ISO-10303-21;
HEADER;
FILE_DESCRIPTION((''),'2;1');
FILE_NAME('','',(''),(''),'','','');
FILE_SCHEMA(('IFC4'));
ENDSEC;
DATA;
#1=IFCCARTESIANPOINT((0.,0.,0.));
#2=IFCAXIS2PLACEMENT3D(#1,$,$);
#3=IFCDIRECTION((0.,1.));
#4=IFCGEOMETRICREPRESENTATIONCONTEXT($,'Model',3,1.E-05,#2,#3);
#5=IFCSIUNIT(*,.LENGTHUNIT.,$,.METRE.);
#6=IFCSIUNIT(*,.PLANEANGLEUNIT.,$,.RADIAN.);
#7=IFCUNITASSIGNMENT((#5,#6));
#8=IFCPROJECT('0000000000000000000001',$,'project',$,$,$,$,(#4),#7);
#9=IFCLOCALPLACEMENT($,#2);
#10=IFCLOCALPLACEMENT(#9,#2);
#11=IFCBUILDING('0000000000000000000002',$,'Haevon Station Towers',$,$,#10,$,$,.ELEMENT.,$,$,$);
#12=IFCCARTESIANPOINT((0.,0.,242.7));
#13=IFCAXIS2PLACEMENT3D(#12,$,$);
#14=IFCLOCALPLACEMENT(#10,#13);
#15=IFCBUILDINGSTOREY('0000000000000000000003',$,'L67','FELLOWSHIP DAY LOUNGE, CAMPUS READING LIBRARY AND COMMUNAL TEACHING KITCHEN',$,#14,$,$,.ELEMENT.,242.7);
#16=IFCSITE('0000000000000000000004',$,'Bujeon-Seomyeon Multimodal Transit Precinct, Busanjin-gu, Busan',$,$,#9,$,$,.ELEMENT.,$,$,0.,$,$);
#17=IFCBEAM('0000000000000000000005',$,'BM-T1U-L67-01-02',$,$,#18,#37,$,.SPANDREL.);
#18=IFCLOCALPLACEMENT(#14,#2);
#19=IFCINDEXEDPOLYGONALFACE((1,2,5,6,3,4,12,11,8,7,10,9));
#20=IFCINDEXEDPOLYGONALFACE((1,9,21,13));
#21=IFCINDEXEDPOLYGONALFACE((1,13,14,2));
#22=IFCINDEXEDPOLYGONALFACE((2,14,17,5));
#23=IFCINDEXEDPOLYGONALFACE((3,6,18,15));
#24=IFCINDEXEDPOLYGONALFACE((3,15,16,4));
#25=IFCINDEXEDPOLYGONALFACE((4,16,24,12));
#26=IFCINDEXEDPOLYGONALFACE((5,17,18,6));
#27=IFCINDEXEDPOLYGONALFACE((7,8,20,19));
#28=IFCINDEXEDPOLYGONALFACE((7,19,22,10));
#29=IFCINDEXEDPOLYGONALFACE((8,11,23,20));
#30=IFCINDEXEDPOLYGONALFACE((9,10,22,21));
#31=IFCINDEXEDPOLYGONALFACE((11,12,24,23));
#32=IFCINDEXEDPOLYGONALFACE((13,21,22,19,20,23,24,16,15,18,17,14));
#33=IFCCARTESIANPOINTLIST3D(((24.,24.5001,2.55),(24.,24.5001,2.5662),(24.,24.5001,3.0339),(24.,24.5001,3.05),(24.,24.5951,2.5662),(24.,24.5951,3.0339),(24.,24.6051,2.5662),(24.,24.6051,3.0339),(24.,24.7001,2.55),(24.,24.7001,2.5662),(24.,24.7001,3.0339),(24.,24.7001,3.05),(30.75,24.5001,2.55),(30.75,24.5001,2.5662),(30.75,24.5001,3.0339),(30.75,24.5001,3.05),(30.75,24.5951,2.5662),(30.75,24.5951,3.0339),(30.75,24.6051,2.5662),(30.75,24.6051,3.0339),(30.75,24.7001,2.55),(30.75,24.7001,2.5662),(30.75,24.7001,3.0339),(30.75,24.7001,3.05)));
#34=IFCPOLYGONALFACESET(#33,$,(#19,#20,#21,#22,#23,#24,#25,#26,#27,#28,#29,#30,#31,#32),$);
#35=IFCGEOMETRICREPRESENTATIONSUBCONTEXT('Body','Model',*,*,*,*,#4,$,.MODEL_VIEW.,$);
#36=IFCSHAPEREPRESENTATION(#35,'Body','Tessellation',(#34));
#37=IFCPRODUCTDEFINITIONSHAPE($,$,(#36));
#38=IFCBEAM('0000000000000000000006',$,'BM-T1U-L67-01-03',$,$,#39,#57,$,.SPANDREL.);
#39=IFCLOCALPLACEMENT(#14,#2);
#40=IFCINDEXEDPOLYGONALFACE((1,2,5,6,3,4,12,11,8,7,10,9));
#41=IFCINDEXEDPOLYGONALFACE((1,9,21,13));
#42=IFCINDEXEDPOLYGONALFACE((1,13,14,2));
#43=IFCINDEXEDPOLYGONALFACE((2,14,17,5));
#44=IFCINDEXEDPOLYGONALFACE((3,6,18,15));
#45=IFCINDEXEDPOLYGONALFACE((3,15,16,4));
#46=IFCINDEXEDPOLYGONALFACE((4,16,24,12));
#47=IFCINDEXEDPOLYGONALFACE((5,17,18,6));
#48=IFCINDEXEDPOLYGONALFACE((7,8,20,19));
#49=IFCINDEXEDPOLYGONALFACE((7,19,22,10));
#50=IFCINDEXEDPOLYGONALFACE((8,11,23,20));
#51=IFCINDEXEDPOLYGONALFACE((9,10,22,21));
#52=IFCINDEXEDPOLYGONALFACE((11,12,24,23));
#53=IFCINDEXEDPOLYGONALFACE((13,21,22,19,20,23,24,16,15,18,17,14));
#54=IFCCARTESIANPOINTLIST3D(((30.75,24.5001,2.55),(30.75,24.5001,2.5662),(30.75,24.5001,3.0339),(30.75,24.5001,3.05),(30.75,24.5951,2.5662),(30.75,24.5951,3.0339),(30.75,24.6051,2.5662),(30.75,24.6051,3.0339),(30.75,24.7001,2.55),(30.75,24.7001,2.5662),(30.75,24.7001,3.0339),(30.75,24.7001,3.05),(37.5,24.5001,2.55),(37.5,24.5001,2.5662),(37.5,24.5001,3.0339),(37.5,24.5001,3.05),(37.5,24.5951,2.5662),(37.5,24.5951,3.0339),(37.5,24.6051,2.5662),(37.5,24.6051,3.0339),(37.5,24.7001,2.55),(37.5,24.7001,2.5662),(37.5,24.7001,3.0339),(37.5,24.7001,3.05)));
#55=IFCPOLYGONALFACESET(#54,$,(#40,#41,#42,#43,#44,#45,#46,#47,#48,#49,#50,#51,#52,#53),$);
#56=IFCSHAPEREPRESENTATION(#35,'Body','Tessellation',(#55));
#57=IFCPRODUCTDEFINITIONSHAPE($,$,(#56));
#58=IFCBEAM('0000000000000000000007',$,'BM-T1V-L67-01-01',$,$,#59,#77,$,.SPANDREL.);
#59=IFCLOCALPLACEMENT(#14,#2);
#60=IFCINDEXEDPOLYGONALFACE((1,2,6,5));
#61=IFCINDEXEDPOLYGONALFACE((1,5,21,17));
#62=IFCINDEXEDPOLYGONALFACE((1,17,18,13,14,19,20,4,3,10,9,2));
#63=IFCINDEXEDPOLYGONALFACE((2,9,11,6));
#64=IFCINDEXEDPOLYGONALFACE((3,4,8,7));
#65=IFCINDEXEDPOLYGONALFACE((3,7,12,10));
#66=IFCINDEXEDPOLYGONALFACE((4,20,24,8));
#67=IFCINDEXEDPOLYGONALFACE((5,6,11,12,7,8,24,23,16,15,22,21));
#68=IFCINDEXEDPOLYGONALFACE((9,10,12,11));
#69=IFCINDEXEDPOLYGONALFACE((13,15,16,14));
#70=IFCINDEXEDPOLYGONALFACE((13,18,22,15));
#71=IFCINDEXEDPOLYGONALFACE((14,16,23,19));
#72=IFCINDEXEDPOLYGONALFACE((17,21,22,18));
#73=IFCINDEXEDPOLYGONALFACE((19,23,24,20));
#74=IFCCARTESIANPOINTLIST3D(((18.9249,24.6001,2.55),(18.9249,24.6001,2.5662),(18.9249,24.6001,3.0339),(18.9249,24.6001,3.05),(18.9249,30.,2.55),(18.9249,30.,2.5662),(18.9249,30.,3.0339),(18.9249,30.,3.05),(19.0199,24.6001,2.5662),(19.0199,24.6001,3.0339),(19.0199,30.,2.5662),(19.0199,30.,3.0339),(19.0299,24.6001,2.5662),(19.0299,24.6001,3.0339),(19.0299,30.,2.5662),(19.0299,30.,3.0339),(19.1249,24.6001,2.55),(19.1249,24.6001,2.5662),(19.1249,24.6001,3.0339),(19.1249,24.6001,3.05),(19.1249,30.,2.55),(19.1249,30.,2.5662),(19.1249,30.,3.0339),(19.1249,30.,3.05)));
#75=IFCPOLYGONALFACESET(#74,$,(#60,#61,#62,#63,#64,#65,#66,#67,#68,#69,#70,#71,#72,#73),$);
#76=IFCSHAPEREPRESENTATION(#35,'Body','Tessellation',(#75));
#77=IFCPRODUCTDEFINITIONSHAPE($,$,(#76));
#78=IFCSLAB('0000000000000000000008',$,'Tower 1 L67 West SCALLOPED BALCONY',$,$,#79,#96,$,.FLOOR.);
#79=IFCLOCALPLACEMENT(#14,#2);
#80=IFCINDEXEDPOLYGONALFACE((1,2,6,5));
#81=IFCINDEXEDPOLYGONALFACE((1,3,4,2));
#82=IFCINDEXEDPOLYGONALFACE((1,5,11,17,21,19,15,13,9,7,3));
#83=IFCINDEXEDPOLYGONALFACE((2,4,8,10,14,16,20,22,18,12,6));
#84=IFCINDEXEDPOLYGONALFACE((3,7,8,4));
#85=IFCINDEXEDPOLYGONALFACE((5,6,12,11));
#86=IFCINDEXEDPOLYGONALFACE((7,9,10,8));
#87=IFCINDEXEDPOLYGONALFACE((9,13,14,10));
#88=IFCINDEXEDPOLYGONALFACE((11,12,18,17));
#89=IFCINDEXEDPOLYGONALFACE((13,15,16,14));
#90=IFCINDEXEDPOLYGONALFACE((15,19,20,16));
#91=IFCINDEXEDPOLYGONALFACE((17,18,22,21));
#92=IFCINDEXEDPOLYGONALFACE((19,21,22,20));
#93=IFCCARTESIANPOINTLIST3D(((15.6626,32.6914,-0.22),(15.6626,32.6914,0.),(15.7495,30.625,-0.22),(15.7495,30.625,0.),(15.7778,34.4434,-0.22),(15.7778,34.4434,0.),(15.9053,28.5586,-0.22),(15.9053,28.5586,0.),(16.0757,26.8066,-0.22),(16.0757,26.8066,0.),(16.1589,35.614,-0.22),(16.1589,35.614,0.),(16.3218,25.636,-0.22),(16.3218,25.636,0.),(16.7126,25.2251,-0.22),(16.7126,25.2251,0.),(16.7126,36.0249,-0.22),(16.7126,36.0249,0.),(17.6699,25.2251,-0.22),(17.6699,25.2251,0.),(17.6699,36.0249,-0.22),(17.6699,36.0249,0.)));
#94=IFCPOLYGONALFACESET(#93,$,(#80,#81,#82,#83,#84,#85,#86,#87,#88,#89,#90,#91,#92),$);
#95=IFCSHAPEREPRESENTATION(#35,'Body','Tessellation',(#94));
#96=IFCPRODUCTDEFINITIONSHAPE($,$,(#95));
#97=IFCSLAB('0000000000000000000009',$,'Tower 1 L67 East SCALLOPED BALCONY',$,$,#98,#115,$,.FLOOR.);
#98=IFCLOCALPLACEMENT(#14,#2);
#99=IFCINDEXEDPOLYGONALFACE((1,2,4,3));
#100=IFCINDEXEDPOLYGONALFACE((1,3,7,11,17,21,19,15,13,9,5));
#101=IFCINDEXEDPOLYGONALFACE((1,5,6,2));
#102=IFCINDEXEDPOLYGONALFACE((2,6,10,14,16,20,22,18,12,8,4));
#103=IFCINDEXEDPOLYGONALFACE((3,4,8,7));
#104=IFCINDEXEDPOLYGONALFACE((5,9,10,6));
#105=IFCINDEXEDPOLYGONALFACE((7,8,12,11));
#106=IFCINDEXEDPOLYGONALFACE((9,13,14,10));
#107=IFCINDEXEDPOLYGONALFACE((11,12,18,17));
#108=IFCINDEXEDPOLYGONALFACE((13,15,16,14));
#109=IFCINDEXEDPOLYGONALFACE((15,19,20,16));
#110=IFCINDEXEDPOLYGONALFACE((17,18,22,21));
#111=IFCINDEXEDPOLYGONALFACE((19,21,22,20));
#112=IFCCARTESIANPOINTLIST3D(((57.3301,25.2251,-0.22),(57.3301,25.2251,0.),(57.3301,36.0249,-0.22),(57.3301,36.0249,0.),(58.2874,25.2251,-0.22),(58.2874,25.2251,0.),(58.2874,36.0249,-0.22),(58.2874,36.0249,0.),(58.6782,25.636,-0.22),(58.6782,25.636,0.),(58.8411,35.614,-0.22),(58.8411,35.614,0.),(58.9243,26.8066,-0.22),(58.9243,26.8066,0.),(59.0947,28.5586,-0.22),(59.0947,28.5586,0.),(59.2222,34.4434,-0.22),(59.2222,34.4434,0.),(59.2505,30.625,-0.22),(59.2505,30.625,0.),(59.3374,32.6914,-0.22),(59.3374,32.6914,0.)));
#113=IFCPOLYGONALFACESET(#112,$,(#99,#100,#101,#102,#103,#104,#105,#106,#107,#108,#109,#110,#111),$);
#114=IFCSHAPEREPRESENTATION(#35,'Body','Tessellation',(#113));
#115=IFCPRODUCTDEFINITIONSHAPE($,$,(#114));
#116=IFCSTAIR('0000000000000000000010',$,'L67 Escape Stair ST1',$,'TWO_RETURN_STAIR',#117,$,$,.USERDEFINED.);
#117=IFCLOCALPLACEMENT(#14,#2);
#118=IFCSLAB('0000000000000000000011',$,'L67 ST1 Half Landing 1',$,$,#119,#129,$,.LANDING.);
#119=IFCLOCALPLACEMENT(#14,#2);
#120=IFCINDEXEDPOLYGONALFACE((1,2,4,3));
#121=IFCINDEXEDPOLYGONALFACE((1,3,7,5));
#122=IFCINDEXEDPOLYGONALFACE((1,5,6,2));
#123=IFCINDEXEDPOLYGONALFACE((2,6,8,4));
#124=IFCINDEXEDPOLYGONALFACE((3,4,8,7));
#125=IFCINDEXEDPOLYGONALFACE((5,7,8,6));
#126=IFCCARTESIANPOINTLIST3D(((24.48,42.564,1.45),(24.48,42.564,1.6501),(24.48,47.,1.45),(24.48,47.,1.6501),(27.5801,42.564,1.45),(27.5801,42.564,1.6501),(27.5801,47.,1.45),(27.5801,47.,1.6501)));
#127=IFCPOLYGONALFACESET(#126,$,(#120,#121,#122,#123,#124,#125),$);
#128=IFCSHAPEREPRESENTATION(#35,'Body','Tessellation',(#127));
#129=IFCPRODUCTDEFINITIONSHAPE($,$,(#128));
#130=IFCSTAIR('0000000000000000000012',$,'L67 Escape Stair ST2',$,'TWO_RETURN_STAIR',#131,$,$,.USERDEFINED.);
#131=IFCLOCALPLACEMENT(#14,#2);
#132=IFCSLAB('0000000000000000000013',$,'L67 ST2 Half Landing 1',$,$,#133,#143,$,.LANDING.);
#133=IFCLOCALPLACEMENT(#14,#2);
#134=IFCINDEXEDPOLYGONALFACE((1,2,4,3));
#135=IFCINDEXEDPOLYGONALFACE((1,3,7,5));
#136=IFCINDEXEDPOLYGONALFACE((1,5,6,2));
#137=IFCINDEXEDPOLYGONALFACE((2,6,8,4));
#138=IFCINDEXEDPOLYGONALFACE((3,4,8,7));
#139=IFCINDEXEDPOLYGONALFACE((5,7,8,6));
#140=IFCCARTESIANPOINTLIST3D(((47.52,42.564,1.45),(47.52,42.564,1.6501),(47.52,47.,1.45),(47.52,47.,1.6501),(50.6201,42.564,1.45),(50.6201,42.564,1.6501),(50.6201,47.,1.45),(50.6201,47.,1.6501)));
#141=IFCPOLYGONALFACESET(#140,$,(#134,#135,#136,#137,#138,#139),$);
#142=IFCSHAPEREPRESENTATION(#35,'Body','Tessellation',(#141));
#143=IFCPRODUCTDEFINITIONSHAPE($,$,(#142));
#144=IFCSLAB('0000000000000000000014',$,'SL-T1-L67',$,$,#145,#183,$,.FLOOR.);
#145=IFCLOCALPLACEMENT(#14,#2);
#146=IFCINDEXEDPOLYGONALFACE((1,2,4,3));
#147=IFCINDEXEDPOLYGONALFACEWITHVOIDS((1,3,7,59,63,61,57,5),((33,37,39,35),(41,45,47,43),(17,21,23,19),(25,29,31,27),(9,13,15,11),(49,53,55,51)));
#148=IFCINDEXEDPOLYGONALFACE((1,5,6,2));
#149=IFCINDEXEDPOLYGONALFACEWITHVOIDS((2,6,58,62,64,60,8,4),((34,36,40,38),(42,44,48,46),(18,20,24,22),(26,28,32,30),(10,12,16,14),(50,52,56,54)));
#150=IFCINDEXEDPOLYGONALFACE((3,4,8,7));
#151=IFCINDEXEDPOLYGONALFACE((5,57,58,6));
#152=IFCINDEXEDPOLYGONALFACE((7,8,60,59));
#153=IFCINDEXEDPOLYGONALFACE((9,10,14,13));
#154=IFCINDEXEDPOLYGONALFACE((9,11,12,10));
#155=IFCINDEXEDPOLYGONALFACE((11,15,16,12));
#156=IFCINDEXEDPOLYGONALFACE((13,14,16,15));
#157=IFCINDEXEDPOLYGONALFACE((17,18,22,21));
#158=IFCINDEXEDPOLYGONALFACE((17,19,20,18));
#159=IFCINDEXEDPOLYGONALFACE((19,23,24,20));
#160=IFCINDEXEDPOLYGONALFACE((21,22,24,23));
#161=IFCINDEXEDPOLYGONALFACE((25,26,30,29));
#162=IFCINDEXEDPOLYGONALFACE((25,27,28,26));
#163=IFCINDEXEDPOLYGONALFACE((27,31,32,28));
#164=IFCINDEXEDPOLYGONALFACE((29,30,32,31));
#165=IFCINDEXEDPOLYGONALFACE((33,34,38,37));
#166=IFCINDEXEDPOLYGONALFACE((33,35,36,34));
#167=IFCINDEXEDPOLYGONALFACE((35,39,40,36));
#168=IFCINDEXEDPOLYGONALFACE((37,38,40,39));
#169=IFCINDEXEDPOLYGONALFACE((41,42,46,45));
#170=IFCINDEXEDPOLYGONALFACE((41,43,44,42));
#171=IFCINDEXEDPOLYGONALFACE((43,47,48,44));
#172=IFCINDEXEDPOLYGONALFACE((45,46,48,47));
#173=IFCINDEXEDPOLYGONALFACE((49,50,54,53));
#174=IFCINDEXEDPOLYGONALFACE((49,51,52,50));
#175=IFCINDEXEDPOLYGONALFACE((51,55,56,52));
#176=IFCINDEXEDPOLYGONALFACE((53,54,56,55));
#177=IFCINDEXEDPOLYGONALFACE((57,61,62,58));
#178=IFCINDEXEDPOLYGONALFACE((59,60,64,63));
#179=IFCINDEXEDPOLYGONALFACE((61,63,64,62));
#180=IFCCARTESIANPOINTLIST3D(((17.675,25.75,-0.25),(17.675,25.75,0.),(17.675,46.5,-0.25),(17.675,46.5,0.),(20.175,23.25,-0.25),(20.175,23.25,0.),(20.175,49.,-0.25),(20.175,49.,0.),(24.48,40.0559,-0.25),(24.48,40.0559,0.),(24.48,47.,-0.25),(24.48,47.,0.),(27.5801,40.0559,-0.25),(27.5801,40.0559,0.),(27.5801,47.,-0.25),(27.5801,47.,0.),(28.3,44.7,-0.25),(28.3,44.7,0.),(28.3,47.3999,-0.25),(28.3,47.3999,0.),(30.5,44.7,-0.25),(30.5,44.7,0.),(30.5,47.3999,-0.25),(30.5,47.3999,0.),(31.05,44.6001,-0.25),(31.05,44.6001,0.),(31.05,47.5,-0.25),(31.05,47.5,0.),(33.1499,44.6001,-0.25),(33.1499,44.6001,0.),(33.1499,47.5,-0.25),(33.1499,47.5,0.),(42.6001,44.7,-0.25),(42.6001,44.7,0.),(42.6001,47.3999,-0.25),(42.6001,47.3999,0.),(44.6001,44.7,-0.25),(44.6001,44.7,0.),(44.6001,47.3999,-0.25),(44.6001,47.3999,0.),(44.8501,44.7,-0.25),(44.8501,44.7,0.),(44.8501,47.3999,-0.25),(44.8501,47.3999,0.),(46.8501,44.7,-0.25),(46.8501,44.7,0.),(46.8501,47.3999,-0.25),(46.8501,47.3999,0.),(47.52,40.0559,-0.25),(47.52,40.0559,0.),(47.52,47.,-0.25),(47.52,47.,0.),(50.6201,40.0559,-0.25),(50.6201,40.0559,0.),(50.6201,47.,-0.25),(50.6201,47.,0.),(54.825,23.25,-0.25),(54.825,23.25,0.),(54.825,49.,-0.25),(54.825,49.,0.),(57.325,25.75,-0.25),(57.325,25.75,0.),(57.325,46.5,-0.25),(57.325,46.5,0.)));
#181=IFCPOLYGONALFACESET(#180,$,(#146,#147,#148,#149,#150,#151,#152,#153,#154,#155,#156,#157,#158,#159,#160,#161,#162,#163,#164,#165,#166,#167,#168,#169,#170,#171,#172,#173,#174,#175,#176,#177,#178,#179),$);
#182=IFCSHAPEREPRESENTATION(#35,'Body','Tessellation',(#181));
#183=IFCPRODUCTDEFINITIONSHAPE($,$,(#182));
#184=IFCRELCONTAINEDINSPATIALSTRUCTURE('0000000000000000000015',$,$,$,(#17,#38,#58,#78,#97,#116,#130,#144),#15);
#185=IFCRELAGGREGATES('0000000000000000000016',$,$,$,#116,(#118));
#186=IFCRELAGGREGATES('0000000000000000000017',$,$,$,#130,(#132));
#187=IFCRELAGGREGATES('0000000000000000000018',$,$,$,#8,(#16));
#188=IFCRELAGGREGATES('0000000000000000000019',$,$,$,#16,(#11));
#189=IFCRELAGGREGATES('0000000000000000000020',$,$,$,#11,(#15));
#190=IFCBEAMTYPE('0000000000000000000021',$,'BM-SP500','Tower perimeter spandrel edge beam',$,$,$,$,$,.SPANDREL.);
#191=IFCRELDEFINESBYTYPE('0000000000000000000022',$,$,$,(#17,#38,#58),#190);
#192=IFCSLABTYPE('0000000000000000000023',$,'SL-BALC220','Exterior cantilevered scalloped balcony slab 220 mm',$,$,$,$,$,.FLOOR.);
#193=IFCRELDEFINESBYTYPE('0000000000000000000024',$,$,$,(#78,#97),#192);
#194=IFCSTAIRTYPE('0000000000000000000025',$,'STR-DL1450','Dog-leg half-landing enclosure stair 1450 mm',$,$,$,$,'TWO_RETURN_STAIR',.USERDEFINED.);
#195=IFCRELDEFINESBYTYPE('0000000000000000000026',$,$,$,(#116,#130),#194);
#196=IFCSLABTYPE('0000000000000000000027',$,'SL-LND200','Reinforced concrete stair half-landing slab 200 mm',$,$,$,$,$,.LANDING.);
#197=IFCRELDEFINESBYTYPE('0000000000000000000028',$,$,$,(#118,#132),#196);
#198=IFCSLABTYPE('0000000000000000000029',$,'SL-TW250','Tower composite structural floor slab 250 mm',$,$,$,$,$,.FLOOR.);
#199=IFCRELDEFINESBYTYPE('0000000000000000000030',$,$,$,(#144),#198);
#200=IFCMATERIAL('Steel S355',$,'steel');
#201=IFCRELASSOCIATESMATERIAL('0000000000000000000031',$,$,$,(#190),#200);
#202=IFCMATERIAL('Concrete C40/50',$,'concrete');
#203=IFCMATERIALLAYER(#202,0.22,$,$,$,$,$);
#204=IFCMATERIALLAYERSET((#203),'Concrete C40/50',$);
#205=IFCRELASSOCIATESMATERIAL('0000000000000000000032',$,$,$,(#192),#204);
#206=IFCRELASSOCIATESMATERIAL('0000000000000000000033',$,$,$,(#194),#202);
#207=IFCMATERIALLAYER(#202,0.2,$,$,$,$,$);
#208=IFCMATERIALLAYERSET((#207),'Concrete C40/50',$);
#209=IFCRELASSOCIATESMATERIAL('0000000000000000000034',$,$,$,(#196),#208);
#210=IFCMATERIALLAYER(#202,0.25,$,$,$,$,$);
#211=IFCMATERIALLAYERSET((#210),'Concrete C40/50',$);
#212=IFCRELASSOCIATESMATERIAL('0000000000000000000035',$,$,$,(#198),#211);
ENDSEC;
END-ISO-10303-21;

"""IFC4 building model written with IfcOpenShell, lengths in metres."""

from ifc_helpers import new_model, si_unit, direction, frame, origin, origin_2d, place, context, subcontext, project, spatial, polyline, i_section, outline, extrude, material, layer, layer_set, material_profile, profile_set, type_object, element, aggregate, save


model = new_model("IFC4")

# Units and contexts
model_context = context("Model", 3, precision=1e-05, world=origin(), true_north=direction((0.0, 1.0)))
body_context = subcontext(model_context, "Body", "Model", "MODEL_VIEW")
ifc_project = project(units=[si_unit("LENGTHUNIT", "METRE"), si_unit("PLANEANGLEUNIT", "RADIAN")], contexts=[model_context])

# Site, building, storey
site_placement = place(None, origin())
site = spatial("IfcSite", under=ifc_project, at=site_placement, Name="Bujeon-Seomyeon Multimodal Transit Precinct, Busanjin-gu, Busan", CompositionType="ELEMENT", RefElevation=0.0)
building_placement = place(site_placement, origin())
building = spatial("IfcBuilding", under=site, at=building_placement, Name="Haevon Station Towers", CompositionType="ELEMENT")
storey_placement = place(building_placement, frame((0.0, 0.0, 242.7)))
storey = spatial("IfcBuildingStorey", under=building, at=storey_placement, Name="L67", Description="FELLOWSHIP DAY LOUNGE, CAMPUS READING LIBRARY AND COMMUNAL TEACHING KITCHEN", CompositionType="ELEMENT", Elevation=242.7)

# Shared definitions
ifc_material_1 = material(Name="Steel S355", Category="steel")

# Beams
ifc_material_profile_1 = material_profile(ifc_material_1, i_section(OverallWidth=0.2, OverallDepth=0.5, WebThickness=0.01, FlangeThickness=0.0161, at=origin_2d()), Name="H-500x200x10x16")
ifc_profile_set_1 = profile_set([ifc_material_profile_1], Name="Steel S355")
beam_type_1 = type_object("IfcBeamType", Name="BM-SP500", Description="Tower perimeter spandrel edge beam", PredefinedType="SPANDREL", material=ifc_profile_set_1)
for number, where, z_axis, x_axis, name in (
    (1, (24.0, 24.6001, 2.8), (1.0, 0.0, 0.0), (0.0, 1.0, 0.0), "BM-T1U-L67-01-02"),
    (2, (30.75, 24.6001, 2.8), (1.0, 0.0, 0.0), (0.0, 1.0, 0.0), "BM-T1U-L67-01-03"),
):
    element("IfcBeam", number, at=place(storey_placement, frame(where, z_axis=z_axis, x_axis=x_axis)), inside=storey, type_object=beam_type_1, Name=name, PredefinedType="SPANDREL", context=body_context, shape_type="SweptSolid", body=[
        extrude(i_section(OverallWidth=0.2, OverallDepth=0.5, WebThickness=0.01, FlangeThickness=0.0161, at=origin_2d()), origin(), (0.0, 0.0, 1.0), 6.75),
    ])
beam_1_placement = place(storey_placement, frame((19.0249, 24.6001, 2.8), z_axis=(0.0, 1.0, 0.0), x_axis=(-1.0, 0.0, 0.0)))
element("IfcBeam", 3, at=beam_1_placement, inside=storey, type_object=beam_type_1, Name="BM-T1V-L67-01-01", PredefinedType="SPANDREL", context=body_context, shape_type="SweptSolid", body=[
    extrude(i_section(OverallWidth=0.2, OverallDepth=0.5, WebThickness=0.01, FlangeThickness=0.0161, at=origin_2d()), origin(), (0.0, 0.0, 1.0), 5.3999),
])

# Slabs
ifc_material_2 = material(Name="Concrete C40/50", Category="concrete")
ifc_layer_1 = layer(ifc_material_2, 0.22)
ifc_layer_set_1 = layer_set([ifc_layer_1], Name="Concrete C40/50")
slab_type_1 = type_object("IfcSlabType", Name="SL-BALC220", Description="Exterior cantilevered scalloped balcony slab 220 mm", PredefinedType="FLOOR", material=ifc_layer_set_1)
slab_1_placement = place(storey_placement, frame((0.0, 0.0, -0.22)))
element("IfcSlab", 4, at=slab_1_placement, inside=storey, type_object=slab_type_1, Name="Tower 1 L67 West SCALLOPED BALCONY", PredefinedType="FLOOR", context=body_context, shape_type="SweptSolid", body=[
    extrude(outline(polyline([(17.6699, 36.0249), (16.7126, 36.0249), (16.1589, 35.614), (15.7778, 34.4434), (15.6626, 32.6914), (15.7495, 30.625), (15.9053, 28.5586), (16.0757, 26.8066), (16.3218, 25.636), (16.7126, 25.2251), (17.6699, 25.2251), (17.6699, 36.0249)])), origin(), (0.0, 0.0, 1.0), 0.22),
])
slab_2_placement = place(storey_placement, frame((0.0, 0.0, -0.22)))
element("IfcSlab", 5, at=slab_2_placement, inside=storey, type_object=slab_type_1, Name="Tower 1 L67 East SCALLOPED BALCONY", PredefinedType="FLOOR", context=body_context, shape_type="SweptSolid", body=[
    extrude(outline(polyline([(57.3301, 25.2251), (58.2874, 25.2251), (58.6782, 25.636), (58.9243, 26.8066), (59.0947, 28.5586), (59.2505, 30.625), (59.3374, 32.6914), (59.2222, 34.4434), (58.8411, 35.614), (58.2874, 36.0249), (57.3301, 36.0249), (57.3301, 25.2251)])), origin(), (0.0, 0.0, 1.0), 0.22),
])

# Stairs, slabs
stair_type = type_object("IfcStairType", Name="STR-DL1450", Description="Dog-leg half-landing enclosure stair 1450 mm", ElementType="TWO_RETURN_STAIR", PredefinedType="USERDEFINED", material=ifc_material_2)
stair_1_placement = place(storey_placement, origin())
stair_1 = element("IfcStair", 6, at=stair_1_placement, inside=storey, type_object=stair_type, Name="L67 Escape Stair ST1", ObjectType="TWO_RETURN_STAIR", PredefinedType="USERDEFINED")
ifc_layer_2 = layer(ifc_material_2, 0.2)
ifc_layer_set_2 = layer_set([ifc_layer_2], Name="Concrete C40/50")
slab_type_2 = type_object("IfcSlabType", Name="SL-LND200", Description="Reinforced concrete stair half-landing slab 200 mm", PredefinedType="LANDING", material=ifc_layer_set_2)
slab_3_placement = place(storey_placement, frame((0.0, 0.0, 1.45)))
slab_3 = element("IfcSlab", 7, at=slab_3_placement, type_object=slab_type_2, Name="L67 ST1 Half Landing 1", PredefinedType="LANDING", context=body_context, shape_type="SweptSolid", body=[
    extrude(outline(polyline([(27.5801, 42.564), (27.5801, 47.0), (24.48, 47.0), (24.48, 42.564), (27.5801, 42.564)])), origin(), (0.0, 0.0, 1.0), 0.2002),
])
aggregate(stair_1, [slab_3])
stair_2_placement = place(storey_placement, origin())
stair_2 = element("IfcStair", 8, at=stair_2_placement, inside=storey, type_object=stair_type, Name="L67 Escape Stair ST2", ObjectType="TWO_RETURN_STAIR", PredefinedType="USERDEFINED")
slab_4_placement = place(storey_placement, frame((0.0, 0.0, 1.45)))
slab_4 = element("IfcSlab", 9, at=slab_4_placement, type_object=slab_type_2, Name="L67 ST2 Half Landing 1", PredefinedType="LANDING", context=body_context, shape_type="SweptSolid", body=[
    extrude(outline(polyline([(50.6201, 42.564), (50.6201, 47.0), (47.52, 47.0), (47.52, 42.564), (50.6201, 42.564)])), origin(), (0.0, 0.0, 1.0), 0.2002),
])
aggregate(stair_2, [slab_4])

# Slab
ifc_layer_3 = layer(ifc_material_2, 0.25)
ifc_layer_set_3 = layer_set([ifc_layer_3], Name="Concrete C40/50")
slab_type_3 = type_object("IfcSlabType", Name="SL-TW250", Description="Tower composite structural floor slab 250 mm", PredefinedType="FLOOR", material=ifc_layer_set_3)
slab_5_placement = place(storey_placement, frame((0.0, 0.0, -0.25)))
element("IfcSlab", 10, at=slab_5_placement, inside=storey, type_object=slab_type_3, Name="SL-T1-L67", PredefinedType="FLOOR", context=body_context, shape_type="SweptSolid", body=[
    extrude(outline(polyline([(20.175, 23.25), (54.825, 23.25), (57.325, 25.75), (57.325, 46.5), (54.825, 49.0), (20.175, 49.0), (17.675, 46.5), (17.675, 25.75), (20.175, 23.25)]), holes=[polyline([(27.5801, 40.0559), (27.5801, 47.0), (24.48, 47.0), (24.48, 40.0559), (27.5801, 40.0559)]), polyline([(50.6201, 40.0559), (50.6201, 47.0), (47.52, 47.0), (47.52, 40.0559), (50.6201, 40.0559)]), polyline([(28.3, 44.7), (30.5, 44.7), (30.5, 47.3999), (28.3, 47.3999), (28.3, 44.7)]), polyline([(31.05, 44.6001), (33.1499, 44.6001), (33.1499, 47.5), (31.05, 47.5), (31.05, 44.6001)]), polyline([(42.6001, 44.7), (44.6001, 44.7), (44.6001, 47.3999), (42.6001, 47.3999), (42.6001, 44.7)]), polyline([(44.8501, 44.7), (46.8501, 44.7), (46.8501, 47.3999), (44.8501, 47.3999), (44.8501, 44.7)])]), origin(), (0.0, 0.0, 1.0), 0.25),
])

save(model, "model.ifc")
